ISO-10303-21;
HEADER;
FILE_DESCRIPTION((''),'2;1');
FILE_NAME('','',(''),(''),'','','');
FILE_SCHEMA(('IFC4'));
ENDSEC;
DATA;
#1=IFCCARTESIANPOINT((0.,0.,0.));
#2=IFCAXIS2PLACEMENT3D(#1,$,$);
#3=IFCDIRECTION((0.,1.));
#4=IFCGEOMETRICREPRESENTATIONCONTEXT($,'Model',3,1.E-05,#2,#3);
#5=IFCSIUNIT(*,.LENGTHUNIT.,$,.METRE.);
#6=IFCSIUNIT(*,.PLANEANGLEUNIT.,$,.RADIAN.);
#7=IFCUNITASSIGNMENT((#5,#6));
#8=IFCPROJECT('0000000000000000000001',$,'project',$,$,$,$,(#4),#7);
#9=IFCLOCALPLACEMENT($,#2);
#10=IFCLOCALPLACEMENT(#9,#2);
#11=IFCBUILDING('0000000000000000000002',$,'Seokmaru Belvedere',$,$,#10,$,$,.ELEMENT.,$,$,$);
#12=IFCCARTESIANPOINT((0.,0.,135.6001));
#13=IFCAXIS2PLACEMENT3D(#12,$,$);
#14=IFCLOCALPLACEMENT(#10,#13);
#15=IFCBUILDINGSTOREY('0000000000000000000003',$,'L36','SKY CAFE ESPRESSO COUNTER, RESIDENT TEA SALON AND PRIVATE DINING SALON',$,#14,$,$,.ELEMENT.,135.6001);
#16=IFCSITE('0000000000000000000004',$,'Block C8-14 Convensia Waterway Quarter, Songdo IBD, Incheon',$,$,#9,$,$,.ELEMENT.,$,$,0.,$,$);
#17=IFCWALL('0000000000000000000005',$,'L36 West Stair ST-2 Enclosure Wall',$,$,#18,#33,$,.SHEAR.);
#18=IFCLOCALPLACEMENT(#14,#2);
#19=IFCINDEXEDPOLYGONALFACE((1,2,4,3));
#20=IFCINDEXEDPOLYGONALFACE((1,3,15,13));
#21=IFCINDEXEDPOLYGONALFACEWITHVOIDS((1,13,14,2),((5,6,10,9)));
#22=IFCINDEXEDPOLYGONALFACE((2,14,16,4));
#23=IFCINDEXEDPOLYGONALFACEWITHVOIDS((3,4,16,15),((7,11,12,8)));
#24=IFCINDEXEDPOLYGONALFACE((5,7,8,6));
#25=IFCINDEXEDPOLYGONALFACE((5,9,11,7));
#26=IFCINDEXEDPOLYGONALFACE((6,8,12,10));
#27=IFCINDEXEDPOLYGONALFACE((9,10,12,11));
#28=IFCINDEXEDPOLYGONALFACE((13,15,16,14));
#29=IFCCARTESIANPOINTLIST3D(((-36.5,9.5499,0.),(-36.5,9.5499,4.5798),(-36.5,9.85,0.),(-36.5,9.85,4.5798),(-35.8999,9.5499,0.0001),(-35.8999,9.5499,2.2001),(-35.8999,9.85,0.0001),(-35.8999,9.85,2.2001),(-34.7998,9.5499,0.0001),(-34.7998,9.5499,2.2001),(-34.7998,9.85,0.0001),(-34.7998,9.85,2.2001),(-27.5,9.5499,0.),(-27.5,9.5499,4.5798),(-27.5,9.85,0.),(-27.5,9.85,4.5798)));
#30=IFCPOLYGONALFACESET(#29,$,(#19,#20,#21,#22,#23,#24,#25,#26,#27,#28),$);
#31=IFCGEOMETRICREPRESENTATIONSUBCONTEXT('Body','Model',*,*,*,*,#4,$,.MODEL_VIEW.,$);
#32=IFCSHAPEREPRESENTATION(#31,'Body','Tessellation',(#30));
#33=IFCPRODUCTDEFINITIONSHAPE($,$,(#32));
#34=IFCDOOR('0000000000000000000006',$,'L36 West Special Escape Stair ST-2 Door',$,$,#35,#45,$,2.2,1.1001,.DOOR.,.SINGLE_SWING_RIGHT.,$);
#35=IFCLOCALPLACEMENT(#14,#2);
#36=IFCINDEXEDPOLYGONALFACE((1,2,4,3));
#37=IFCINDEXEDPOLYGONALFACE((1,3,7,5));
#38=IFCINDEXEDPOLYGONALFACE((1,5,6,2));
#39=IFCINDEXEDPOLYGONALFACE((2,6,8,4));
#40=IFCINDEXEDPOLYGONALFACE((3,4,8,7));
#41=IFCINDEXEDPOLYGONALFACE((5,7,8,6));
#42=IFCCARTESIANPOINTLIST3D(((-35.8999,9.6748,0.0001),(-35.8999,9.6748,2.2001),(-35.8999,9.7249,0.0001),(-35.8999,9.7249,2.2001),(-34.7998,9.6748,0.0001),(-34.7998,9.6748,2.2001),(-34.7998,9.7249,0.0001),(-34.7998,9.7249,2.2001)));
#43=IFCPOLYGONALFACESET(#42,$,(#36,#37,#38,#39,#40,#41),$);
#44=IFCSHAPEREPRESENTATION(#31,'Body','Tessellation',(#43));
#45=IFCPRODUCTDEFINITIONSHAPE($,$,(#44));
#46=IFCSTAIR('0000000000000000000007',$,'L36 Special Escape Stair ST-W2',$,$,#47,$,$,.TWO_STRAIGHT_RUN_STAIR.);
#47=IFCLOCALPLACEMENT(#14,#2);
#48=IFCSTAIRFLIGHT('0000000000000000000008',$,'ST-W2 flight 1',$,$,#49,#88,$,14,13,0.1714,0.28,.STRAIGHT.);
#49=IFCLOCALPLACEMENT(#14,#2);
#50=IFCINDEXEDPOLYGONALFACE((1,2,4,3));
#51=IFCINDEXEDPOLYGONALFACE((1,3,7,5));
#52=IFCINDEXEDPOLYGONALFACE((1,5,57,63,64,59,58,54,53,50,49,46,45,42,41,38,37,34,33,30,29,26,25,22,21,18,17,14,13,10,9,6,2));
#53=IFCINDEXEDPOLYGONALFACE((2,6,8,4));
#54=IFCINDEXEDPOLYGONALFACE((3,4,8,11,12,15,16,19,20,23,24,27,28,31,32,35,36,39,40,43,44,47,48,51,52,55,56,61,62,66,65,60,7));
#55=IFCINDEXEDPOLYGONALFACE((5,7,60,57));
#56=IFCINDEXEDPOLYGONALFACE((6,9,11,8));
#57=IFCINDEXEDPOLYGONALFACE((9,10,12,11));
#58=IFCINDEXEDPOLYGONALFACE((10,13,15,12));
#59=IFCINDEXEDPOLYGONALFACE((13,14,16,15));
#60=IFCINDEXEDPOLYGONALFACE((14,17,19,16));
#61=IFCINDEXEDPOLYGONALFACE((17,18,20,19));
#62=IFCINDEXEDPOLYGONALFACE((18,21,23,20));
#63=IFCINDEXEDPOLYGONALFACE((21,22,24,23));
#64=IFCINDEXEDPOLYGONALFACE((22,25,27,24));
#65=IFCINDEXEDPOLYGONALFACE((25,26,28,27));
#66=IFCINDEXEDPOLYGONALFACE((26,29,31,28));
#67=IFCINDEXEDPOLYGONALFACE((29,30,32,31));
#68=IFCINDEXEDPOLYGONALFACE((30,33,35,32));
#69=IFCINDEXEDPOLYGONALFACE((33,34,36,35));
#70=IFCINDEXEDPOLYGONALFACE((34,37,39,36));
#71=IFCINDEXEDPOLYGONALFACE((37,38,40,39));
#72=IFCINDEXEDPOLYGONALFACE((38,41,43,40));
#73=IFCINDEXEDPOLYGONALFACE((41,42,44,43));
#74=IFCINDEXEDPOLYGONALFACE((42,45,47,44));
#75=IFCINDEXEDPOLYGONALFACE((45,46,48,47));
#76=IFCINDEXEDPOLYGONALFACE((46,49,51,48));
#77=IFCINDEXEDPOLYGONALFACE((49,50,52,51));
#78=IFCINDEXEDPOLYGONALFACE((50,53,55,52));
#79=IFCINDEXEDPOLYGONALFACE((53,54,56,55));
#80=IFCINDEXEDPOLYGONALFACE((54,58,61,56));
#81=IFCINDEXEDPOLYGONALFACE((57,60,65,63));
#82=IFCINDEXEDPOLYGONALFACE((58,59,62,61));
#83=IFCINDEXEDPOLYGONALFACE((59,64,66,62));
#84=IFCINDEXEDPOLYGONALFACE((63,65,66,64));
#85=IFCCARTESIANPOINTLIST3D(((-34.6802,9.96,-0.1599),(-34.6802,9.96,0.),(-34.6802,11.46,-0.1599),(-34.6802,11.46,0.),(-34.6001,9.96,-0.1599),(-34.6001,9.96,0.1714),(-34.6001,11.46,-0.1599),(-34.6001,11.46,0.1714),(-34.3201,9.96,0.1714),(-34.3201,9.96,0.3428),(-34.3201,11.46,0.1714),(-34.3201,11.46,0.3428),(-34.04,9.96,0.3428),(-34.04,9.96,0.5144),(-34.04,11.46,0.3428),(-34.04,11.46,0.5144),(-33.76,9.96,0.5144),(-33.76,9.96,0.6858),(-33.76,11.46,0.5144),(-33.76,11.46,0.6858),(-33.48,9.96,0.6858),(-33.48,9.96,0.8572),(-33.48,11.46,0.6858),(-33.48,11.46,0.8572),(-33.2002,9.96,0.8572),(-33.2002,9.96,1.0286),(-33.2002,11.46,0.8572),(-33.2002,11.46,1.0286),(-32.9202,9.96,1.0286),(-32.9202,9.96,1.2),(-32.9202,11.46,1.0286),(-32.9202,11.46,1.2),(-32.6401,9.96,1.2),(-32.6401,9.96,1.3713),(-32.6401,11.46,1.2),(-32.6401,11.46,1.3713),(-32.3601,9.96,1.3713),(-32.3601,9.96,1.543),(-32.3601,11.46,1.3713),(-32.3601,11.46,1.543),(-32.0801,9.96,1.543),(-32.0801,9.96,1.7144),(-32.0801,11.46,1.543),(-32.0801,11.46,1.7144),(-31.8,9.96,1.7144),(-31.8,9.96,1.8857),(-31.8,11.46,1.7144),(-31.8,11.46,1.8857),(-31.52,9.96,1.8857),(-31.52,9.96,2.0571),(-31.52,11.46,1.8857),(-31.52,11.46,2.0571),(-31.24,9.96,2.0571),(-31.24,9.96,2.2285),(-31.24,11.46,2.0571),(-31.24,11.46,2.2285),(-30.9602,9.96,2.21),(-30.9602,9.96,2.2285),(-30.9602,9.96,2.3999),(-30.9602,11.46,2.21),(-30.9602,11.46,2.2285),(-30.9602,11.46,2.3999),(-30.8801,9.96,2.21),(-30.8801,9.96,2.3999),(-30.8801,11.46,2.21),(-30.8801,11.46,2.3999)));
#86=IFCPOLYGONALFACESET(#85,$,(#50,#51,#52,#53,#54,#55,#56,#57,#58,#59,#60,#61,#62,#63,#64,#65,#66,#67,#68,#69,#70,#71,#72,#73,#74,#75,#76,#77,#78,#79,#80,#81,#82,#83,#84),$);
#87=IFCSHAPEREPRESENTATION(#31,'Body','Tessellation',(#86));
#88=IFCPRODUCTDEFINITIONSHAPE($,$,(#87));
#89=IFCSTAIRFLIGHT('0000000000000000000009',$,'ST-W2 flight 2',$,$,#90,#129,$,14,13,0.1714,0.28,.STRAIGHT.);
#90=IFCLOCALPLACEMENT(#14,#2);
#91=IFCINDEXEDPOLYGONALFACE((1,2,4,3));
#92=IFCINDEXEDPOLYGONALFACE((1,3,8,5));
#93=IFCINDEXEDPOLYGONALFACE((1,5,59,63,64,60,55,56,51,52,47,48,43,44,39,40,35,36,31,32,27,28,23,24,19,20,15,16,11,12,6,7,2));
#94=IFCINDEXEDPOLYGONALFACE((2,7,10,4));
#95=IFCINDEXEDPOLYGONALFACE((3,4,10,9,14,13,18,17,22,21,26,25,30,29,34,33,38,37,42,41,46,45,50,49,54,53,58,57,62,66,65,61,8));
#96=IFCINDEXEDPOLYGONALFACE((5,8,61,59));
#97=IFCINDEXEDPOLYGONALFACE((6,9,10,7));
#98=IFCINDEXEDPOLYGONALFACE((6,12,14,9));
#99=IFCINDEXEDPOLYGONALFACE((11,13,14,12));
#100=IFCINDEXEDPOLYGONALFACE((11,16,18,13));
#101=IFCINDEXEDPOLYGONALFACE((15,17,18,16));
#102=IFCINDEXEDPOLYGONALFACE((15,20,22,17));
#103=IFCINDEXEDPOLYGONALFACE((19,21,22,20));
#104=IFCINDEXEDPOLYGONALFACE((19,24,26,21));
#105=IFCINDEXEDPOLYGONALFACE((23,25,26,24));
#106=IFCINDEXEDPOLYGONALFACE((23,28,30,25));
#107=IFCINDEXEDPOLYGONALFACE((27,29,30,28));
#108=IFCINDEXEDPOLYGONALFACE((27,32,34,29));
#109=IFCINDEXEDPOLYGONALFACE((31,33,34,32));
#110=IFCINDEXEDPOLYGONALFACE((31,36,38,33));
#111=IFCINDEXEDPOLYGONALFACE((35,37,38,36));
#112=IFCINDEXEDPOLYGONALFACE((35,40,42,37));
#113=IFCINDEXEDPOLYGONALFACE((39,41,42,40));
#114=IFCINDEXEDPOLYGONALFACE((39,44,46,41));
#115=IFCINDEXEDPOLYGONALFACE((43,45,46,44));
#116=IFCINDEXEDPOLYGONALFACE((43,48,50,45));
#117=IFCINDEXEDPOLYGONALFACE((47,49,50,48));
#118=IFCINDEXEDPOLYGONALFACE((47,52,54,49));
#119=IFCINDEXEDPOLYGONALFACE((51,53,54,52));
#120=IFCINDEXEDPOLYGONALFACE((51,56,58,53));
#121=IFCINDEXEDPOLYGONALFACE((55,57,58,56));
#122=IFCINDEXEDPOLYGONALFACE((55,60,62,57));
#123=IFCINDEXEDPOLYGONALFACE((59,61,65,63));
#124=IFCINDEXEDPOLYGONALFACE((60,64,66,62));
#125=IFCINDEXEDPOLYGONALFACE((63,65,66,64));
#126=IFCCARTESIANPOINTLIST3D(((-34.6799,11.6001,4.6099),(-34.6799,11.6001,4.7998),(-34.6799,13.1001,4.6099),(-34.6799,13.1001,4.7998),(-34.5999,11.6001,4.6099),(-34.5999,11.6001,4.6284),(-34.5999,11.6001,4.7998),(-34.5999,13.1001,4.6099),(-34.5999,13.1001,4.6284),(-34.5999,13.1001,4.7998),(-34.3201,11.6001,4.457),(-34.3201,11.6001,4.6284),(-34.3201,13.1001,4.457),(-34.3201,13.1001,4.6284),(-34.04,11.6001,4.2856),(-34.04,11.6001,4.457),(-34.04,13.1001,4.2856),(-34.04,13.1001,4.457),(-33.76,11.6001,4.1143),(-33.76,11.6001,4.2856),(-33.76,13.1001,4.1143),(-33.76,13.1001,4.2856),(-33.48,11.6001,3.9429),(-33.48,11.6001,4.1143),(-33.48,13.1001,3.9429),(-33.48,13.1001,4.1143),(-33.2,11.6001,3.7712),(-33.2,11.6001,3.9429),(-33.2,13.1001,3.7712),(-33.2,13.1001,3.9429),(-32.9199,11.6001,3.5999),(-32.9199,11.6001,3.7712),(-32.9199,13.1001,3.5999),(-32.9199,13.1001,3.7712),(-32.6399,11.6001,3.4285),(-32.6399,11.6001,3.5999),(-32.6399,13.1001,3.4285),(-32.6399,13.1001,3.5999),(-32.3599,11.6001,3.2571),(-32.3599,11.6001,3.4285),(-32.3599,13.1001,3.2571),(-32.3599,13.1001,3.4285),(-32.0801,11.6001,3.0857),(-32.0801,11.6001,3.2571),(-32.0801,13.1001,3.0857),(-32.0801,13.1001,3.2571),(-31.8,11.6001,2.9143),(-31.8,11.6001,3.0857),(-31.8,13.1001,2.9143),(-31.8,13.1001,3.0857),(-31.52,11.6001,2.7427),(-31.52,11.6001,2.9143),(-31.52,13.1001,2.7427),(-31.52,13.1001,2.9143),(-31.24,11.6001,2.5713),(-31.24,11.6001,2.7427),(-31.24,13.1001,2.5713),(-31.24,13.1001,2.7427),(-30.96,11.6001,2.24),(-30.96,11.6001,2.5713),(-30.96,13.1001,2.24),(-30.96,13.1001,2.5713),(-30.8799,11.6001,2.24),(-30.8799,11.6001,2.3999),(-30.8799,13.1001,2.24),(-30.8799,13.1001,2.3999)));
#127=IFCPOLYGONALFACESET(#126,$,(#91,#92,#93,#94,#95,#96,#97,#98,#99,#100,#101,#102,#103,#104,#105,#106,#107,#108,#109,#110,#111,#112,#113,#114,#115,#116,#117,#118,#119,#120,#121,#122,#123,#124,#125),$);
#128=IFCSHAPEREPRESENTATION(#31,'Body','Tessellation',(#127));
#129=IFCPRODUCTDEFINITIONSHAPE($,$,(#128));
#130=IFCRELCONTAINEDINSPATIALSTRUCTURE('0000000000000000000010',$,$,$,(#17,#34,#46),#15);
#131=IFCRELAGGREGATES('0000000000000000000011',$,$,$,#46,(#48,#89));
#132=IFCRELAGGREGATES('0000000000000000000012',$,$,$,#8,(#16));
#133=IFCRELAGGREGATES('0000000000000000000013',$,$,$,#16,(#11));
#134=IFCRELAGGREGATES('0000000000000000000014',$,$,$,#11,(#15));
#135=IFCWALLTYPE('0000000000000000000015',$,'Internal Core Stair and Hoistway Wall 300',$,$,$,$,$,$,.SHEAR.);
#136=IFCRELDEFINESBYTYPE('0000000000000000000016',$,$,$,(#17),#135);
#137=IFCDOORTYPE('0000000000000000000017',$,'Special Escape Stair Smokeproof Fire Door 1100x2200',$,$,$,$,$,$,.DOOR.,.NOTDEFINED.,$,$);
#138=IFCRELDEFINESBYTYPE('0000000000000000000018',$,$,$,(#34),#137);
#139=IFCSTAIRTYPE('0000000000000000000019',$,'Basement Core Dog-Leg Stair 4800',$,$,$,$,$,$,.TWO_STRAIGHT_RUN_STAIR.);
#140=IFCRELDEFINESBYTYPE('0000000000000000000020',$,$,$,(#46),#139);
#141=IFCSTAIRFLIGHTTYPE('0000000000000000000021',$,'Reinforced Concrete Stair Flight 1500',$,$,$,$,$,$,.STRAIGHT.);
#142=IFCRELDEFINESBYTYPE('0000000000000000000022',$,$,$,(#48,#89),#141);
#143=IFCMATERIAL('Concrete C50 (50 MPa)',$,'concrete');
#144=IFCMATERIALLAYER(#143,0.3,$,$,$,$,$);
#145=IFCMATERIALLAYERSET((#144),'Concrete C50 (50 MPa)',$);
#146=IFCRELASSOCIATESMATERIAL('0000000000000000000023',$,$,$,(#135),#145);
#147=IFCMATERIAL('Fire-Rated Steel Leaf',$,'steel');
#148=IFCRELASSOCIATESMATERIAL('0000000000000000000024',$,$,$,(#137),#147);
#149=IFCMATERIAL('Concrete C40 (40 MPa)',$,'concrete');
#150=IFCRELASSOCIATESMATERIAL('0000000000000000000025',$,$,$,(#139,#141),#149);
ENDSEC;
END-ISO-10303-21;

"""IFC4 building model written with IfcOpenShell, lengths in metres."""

from ifc_helpers import new_model, si_unit, direction, frame, frame_2d, origin, place, context, subcontext, project, spatial, polyline, rectangle, outline, extrude, source, transform, mapped, material, layer, layer_set, type_object, type_shapes, element, fill, aggregate, save


model = new_model("IFC4")

# Units and contexts
model_context = context("Model", 3, precision=1e-05, world=origin(), true_north=direction((0.0, 1.0)))
body_context = subcontext(model_context, "Body", "Model", "MODEL_VIEW")
ifc_project = project(units=[si_unit("LENGTHUNIT", "METRE"), si_unit("PLANEANGLEUNIT", "RADIAN")], contexts=[model_context])

# Site, building, storey
site_placement = place(None, origin())
site = spatial("IfcSite", under=ifc_project, at=site_placement, Name="Block C8-14 Convensia Waterway Quarter, Songdo IBD, Incheon", CompositionType="ELEMENT", RefElevation=0.0)
building_placement = place(site_placement, origin())
building = spatial("IfcBuilding", under=site, at=building_placement, Name="Seokmaru Belvedere", CompositionType="ELEMENT")
storey_placement = place(building_placement, frame((0.0, 0.0, 135.6001)))
storey = spatial("IfcBuildingStorey", under=building, at=storey_placement, Name="L36", Description="SKY CAFE ESPRESSO COUNTER, RESIDENT TEA SALON AND PRIVATE DINING SALON", CompositionType="ELEMENT", Elevation=135.6001)

# Shared definitions
ifc_material_1 = material(Name="Fire-Rated Steel Leaf", Category="steel")

# Wall, opening, door
ifc_material_2 = material(Name="Concrete C50 (50 MPa)", Category="concrete")
ifc_layer_1 = layer(ifc_material_2, 0.3)
ifc_layer_set_1 = layer_set([ifc_layer_1], Name="Concrete C50 (50 MPa)")
wall_type_1 = type_object("IfcWallType", Name="Internal Core Stair and Hoistway Wall 300", PredefinedType="SHEAR", material=ifc_layer_set_1)
wall_1_placement = place(storey_placement, frame((-36.5, 9.7, 0.0), z_axis=(0.0, 0.0, 1.0), x_axis=(1.0, 0.0, 0.0)))
wall_1 = element("IfcWall", 1, at=wall_1_placement, inside=storey, type_object=wall_type_1, Name="L36 West Stair ST-2 Enclosure Wall", PredefinedType="SHEAR", context=body_context, shape_type="SweptSolid", body=[
    extrude(rectangle(XDim=9.0, YDim=0.3, at=frame_2d((4.5, 0.0))), origin(), (0.0, 0.0, 1.0), 4.5798),
])
opening_1_placement = place(wall_1_placement, frame((0.6001, 0.0, 0.0)))
opening_1 = element("IfcOpeningElement", 2, at=opening_1_placement, cuts=wall_1, PredefinedType="OPENING", context=body_context, shape_type="SweptSolid", body=[
    extrude(rectangle(XDim=1.1001, YDim=2.2, at=frame_2d((0.55, 1.1001))), frame((0.0, 0.1602, 0.0), z_axis=(0.0, -1.0, 0.0), x_axis=(1.0, 0.0, 0.0)), (0.0, 0.0, 1.0), 0.3201),
])
door_type_1 = type_object("IfcDoorType", Name="Special Escape Stair Smokeproof Fire Door 1100x2200", OperationType="NOTDEFINED", PredefinedType="DOOR", material=ifc_material_1)
shared_shape_1 = source(origin(), body_context, "Body", "SweptSolid", [
    extrude(rectangle(XDim=1.1001, YDim=2.2, at=frame_2d((0.55, 1.1001))), frame((0.0, 0.0249, 0.0), z_axis=(0.0, -1.0, 0.0), x_axis=(1.0, 0.0, 0.0)), (0.0, 0.0, 1.0), 0.05),
])
type_shapes(door_type_1, [shared_shape_1])
door_1_placement = place(opening_1_placement, origin())
door_1 = element("IfcDoor", 3, at=door_1_placement, inside=storey, type_object=door_type_1, Name="L36 West Special Escape Stair ST-2 Door", OperationType="SINGLE_SWING_RIGHT", OverallHeight=2.2, OverallWidth=1.1001, PredefinedType="DOOR", context=body_context, shape_type="MappedRepresentation", body=[
    mapped(shared_shape_1, transform((0.0, 0.0, 0.0), scale=1.0)),
])
fill(opening_1, door_1)

# Stair, stair flights
ifc_material_3 = material(Name="Concrete C40 (40 MPa)", Category="concrete")
stair_type = type_object("IfcStairType", Name="Basement Core Dog-Leg Stair 4800", PredefinedType="TWO_STRAIGHT_RUN_STAIR", material=ifc_material_3)
stair_placement = place(storey_placement, origin())
stair = element("IfcStair", 4, at=stair_placement, inside=storey, type_object=stair_type, Name="L36 Special Escape Stair ST-W2", PredefinedType="TWO_STRAIGHT_RUN_STAIR")
stair_flight_type = type_object("IfcStairFlightType", Name="Reinforced Concrete Stair Flight 1500", PredefinedType="STRAIGHT", material=ifc_material_3)
stair_flight_1_placement = place(storey_placement, frame((-34.6001, 10.71, 0.0), z_axis=(0.0, 0.0, 1.0), x_axis=(1.0, 0.0, 0.0)))
stair_flight_1 = element("IfcStairFlight", 5, at=stair_flight_1_placement, type_object=stair_flight_type, Name="ST-W2 flight 1", NumberOfRisers=14, NumberOfTreads=13, PredefinedType="STRAIGHT", RiserHeight=0.1714, TreadLength=0.28, context=body_context, shape_type="SweptSolid", body=[
    extrude(outline(polyline([(-0.0801, 0.0), (0.0, 0.1714), (0.28, 0.1714), (0.28, 0.3428), (0.5601, 0.3428), (0.5601, 0.5144), (0.8401, 0.5144), (0.8401, 0.6858), (1.1201, 0.6858), (1.1201, 0.8572), (1.3999, 0.8572), (1.3999, 1.0286), (1.6799, 1.0286), (1.6799, 1.2), (1.96, 1.2), (1.96, 1.3713), (2.24, 1.3713), (2.24, 1.543), (2.52, 1.543), (2.52, 1.7144), (2.8, 1.7144), (2.8, 1.8857), (3.0801, 1.8857), (3.0801, 2.0571), (3.3601, 2.0571), (3.3601, 2.2285), (3.6399, 2.2285), (3.6399, 2.3999), (3.72, 2.3999), (3.72, 2.21), (3.6399, 2.21), (0.0, -0.1599), (-0.0801, -0.1599), (-0.0801, 0.0)])), frame((0.0, 0.75, 0.0), z_axis=(0.0, -1.0, 0.0), x_axis=(1.0, 0.0, 0.0)), (0.0, 0.0, 1.0), 1.5),
])
stair_flight_2_placement = place(storey_placement, frame((-30.96, 12.3501, 2.3999), z_axis=(0.0, 0.0, 1.0), x_axis=(-1.0, 0.0, 0.0)))
stair_flight_2 = element("IfcStairFlight", 6, at=stair_flight_2_placement, type_object=stair_flight_type, Name="ST-W2 flight 2", NumberOfRisers=14, NumberOfTreads=13, PredefinedType="STRAIGHT", RiserHeight=0.1714, TreadLength=0.28, context=body_context, shape_type="SweptSolid", body=[
    extrude(outline(polyline([(-0.0801, 0.0), (0.0, 0.1714), (0.28, 0.1714), (0.28, 0.3428), (0.5601, 0.3428), (0.5601, 0.5144), (0.8401, 0.5144), (0.8401, 0.6858), (1.1201, 0.6858), (1.1201, 0.8572), (1.3999, 0.8572), (1.3999, 1.0286), (1.6799, 1.0286), (1.6799, 1.2), (1.96, 1.2), (1.96, 1.3713), (2.24, 1.3713), (2.24, 1.543), (2.52, 1.543), (2.52, 1.7144), (2.8, 1.7144), (2.8, 1.8857), (3.0801, 1.8857), (3.0801, 2.0571), (3.3601, 2.0571), (3.3601, 2.2285), (3.6399, 2.2285), (3.6399, 2.3999), (3.72, 2.3999), (3.72, 2.21), (3.6399, 2.21), (0.0, -0.1599), (-0.0801, -0.1599), (-0.0801, 0.0)])), frame((0.0, 0.75, 0.0), z_axis=(0.0, -1.0, 0.0), x_axis=(1.0, 0.0, 0.0)), (0.0, 0.0, 1.0), 1.5),
])
aggregate(stair, [stair_flight_1, stair_flight_2])

save(model, "model.ifc")
